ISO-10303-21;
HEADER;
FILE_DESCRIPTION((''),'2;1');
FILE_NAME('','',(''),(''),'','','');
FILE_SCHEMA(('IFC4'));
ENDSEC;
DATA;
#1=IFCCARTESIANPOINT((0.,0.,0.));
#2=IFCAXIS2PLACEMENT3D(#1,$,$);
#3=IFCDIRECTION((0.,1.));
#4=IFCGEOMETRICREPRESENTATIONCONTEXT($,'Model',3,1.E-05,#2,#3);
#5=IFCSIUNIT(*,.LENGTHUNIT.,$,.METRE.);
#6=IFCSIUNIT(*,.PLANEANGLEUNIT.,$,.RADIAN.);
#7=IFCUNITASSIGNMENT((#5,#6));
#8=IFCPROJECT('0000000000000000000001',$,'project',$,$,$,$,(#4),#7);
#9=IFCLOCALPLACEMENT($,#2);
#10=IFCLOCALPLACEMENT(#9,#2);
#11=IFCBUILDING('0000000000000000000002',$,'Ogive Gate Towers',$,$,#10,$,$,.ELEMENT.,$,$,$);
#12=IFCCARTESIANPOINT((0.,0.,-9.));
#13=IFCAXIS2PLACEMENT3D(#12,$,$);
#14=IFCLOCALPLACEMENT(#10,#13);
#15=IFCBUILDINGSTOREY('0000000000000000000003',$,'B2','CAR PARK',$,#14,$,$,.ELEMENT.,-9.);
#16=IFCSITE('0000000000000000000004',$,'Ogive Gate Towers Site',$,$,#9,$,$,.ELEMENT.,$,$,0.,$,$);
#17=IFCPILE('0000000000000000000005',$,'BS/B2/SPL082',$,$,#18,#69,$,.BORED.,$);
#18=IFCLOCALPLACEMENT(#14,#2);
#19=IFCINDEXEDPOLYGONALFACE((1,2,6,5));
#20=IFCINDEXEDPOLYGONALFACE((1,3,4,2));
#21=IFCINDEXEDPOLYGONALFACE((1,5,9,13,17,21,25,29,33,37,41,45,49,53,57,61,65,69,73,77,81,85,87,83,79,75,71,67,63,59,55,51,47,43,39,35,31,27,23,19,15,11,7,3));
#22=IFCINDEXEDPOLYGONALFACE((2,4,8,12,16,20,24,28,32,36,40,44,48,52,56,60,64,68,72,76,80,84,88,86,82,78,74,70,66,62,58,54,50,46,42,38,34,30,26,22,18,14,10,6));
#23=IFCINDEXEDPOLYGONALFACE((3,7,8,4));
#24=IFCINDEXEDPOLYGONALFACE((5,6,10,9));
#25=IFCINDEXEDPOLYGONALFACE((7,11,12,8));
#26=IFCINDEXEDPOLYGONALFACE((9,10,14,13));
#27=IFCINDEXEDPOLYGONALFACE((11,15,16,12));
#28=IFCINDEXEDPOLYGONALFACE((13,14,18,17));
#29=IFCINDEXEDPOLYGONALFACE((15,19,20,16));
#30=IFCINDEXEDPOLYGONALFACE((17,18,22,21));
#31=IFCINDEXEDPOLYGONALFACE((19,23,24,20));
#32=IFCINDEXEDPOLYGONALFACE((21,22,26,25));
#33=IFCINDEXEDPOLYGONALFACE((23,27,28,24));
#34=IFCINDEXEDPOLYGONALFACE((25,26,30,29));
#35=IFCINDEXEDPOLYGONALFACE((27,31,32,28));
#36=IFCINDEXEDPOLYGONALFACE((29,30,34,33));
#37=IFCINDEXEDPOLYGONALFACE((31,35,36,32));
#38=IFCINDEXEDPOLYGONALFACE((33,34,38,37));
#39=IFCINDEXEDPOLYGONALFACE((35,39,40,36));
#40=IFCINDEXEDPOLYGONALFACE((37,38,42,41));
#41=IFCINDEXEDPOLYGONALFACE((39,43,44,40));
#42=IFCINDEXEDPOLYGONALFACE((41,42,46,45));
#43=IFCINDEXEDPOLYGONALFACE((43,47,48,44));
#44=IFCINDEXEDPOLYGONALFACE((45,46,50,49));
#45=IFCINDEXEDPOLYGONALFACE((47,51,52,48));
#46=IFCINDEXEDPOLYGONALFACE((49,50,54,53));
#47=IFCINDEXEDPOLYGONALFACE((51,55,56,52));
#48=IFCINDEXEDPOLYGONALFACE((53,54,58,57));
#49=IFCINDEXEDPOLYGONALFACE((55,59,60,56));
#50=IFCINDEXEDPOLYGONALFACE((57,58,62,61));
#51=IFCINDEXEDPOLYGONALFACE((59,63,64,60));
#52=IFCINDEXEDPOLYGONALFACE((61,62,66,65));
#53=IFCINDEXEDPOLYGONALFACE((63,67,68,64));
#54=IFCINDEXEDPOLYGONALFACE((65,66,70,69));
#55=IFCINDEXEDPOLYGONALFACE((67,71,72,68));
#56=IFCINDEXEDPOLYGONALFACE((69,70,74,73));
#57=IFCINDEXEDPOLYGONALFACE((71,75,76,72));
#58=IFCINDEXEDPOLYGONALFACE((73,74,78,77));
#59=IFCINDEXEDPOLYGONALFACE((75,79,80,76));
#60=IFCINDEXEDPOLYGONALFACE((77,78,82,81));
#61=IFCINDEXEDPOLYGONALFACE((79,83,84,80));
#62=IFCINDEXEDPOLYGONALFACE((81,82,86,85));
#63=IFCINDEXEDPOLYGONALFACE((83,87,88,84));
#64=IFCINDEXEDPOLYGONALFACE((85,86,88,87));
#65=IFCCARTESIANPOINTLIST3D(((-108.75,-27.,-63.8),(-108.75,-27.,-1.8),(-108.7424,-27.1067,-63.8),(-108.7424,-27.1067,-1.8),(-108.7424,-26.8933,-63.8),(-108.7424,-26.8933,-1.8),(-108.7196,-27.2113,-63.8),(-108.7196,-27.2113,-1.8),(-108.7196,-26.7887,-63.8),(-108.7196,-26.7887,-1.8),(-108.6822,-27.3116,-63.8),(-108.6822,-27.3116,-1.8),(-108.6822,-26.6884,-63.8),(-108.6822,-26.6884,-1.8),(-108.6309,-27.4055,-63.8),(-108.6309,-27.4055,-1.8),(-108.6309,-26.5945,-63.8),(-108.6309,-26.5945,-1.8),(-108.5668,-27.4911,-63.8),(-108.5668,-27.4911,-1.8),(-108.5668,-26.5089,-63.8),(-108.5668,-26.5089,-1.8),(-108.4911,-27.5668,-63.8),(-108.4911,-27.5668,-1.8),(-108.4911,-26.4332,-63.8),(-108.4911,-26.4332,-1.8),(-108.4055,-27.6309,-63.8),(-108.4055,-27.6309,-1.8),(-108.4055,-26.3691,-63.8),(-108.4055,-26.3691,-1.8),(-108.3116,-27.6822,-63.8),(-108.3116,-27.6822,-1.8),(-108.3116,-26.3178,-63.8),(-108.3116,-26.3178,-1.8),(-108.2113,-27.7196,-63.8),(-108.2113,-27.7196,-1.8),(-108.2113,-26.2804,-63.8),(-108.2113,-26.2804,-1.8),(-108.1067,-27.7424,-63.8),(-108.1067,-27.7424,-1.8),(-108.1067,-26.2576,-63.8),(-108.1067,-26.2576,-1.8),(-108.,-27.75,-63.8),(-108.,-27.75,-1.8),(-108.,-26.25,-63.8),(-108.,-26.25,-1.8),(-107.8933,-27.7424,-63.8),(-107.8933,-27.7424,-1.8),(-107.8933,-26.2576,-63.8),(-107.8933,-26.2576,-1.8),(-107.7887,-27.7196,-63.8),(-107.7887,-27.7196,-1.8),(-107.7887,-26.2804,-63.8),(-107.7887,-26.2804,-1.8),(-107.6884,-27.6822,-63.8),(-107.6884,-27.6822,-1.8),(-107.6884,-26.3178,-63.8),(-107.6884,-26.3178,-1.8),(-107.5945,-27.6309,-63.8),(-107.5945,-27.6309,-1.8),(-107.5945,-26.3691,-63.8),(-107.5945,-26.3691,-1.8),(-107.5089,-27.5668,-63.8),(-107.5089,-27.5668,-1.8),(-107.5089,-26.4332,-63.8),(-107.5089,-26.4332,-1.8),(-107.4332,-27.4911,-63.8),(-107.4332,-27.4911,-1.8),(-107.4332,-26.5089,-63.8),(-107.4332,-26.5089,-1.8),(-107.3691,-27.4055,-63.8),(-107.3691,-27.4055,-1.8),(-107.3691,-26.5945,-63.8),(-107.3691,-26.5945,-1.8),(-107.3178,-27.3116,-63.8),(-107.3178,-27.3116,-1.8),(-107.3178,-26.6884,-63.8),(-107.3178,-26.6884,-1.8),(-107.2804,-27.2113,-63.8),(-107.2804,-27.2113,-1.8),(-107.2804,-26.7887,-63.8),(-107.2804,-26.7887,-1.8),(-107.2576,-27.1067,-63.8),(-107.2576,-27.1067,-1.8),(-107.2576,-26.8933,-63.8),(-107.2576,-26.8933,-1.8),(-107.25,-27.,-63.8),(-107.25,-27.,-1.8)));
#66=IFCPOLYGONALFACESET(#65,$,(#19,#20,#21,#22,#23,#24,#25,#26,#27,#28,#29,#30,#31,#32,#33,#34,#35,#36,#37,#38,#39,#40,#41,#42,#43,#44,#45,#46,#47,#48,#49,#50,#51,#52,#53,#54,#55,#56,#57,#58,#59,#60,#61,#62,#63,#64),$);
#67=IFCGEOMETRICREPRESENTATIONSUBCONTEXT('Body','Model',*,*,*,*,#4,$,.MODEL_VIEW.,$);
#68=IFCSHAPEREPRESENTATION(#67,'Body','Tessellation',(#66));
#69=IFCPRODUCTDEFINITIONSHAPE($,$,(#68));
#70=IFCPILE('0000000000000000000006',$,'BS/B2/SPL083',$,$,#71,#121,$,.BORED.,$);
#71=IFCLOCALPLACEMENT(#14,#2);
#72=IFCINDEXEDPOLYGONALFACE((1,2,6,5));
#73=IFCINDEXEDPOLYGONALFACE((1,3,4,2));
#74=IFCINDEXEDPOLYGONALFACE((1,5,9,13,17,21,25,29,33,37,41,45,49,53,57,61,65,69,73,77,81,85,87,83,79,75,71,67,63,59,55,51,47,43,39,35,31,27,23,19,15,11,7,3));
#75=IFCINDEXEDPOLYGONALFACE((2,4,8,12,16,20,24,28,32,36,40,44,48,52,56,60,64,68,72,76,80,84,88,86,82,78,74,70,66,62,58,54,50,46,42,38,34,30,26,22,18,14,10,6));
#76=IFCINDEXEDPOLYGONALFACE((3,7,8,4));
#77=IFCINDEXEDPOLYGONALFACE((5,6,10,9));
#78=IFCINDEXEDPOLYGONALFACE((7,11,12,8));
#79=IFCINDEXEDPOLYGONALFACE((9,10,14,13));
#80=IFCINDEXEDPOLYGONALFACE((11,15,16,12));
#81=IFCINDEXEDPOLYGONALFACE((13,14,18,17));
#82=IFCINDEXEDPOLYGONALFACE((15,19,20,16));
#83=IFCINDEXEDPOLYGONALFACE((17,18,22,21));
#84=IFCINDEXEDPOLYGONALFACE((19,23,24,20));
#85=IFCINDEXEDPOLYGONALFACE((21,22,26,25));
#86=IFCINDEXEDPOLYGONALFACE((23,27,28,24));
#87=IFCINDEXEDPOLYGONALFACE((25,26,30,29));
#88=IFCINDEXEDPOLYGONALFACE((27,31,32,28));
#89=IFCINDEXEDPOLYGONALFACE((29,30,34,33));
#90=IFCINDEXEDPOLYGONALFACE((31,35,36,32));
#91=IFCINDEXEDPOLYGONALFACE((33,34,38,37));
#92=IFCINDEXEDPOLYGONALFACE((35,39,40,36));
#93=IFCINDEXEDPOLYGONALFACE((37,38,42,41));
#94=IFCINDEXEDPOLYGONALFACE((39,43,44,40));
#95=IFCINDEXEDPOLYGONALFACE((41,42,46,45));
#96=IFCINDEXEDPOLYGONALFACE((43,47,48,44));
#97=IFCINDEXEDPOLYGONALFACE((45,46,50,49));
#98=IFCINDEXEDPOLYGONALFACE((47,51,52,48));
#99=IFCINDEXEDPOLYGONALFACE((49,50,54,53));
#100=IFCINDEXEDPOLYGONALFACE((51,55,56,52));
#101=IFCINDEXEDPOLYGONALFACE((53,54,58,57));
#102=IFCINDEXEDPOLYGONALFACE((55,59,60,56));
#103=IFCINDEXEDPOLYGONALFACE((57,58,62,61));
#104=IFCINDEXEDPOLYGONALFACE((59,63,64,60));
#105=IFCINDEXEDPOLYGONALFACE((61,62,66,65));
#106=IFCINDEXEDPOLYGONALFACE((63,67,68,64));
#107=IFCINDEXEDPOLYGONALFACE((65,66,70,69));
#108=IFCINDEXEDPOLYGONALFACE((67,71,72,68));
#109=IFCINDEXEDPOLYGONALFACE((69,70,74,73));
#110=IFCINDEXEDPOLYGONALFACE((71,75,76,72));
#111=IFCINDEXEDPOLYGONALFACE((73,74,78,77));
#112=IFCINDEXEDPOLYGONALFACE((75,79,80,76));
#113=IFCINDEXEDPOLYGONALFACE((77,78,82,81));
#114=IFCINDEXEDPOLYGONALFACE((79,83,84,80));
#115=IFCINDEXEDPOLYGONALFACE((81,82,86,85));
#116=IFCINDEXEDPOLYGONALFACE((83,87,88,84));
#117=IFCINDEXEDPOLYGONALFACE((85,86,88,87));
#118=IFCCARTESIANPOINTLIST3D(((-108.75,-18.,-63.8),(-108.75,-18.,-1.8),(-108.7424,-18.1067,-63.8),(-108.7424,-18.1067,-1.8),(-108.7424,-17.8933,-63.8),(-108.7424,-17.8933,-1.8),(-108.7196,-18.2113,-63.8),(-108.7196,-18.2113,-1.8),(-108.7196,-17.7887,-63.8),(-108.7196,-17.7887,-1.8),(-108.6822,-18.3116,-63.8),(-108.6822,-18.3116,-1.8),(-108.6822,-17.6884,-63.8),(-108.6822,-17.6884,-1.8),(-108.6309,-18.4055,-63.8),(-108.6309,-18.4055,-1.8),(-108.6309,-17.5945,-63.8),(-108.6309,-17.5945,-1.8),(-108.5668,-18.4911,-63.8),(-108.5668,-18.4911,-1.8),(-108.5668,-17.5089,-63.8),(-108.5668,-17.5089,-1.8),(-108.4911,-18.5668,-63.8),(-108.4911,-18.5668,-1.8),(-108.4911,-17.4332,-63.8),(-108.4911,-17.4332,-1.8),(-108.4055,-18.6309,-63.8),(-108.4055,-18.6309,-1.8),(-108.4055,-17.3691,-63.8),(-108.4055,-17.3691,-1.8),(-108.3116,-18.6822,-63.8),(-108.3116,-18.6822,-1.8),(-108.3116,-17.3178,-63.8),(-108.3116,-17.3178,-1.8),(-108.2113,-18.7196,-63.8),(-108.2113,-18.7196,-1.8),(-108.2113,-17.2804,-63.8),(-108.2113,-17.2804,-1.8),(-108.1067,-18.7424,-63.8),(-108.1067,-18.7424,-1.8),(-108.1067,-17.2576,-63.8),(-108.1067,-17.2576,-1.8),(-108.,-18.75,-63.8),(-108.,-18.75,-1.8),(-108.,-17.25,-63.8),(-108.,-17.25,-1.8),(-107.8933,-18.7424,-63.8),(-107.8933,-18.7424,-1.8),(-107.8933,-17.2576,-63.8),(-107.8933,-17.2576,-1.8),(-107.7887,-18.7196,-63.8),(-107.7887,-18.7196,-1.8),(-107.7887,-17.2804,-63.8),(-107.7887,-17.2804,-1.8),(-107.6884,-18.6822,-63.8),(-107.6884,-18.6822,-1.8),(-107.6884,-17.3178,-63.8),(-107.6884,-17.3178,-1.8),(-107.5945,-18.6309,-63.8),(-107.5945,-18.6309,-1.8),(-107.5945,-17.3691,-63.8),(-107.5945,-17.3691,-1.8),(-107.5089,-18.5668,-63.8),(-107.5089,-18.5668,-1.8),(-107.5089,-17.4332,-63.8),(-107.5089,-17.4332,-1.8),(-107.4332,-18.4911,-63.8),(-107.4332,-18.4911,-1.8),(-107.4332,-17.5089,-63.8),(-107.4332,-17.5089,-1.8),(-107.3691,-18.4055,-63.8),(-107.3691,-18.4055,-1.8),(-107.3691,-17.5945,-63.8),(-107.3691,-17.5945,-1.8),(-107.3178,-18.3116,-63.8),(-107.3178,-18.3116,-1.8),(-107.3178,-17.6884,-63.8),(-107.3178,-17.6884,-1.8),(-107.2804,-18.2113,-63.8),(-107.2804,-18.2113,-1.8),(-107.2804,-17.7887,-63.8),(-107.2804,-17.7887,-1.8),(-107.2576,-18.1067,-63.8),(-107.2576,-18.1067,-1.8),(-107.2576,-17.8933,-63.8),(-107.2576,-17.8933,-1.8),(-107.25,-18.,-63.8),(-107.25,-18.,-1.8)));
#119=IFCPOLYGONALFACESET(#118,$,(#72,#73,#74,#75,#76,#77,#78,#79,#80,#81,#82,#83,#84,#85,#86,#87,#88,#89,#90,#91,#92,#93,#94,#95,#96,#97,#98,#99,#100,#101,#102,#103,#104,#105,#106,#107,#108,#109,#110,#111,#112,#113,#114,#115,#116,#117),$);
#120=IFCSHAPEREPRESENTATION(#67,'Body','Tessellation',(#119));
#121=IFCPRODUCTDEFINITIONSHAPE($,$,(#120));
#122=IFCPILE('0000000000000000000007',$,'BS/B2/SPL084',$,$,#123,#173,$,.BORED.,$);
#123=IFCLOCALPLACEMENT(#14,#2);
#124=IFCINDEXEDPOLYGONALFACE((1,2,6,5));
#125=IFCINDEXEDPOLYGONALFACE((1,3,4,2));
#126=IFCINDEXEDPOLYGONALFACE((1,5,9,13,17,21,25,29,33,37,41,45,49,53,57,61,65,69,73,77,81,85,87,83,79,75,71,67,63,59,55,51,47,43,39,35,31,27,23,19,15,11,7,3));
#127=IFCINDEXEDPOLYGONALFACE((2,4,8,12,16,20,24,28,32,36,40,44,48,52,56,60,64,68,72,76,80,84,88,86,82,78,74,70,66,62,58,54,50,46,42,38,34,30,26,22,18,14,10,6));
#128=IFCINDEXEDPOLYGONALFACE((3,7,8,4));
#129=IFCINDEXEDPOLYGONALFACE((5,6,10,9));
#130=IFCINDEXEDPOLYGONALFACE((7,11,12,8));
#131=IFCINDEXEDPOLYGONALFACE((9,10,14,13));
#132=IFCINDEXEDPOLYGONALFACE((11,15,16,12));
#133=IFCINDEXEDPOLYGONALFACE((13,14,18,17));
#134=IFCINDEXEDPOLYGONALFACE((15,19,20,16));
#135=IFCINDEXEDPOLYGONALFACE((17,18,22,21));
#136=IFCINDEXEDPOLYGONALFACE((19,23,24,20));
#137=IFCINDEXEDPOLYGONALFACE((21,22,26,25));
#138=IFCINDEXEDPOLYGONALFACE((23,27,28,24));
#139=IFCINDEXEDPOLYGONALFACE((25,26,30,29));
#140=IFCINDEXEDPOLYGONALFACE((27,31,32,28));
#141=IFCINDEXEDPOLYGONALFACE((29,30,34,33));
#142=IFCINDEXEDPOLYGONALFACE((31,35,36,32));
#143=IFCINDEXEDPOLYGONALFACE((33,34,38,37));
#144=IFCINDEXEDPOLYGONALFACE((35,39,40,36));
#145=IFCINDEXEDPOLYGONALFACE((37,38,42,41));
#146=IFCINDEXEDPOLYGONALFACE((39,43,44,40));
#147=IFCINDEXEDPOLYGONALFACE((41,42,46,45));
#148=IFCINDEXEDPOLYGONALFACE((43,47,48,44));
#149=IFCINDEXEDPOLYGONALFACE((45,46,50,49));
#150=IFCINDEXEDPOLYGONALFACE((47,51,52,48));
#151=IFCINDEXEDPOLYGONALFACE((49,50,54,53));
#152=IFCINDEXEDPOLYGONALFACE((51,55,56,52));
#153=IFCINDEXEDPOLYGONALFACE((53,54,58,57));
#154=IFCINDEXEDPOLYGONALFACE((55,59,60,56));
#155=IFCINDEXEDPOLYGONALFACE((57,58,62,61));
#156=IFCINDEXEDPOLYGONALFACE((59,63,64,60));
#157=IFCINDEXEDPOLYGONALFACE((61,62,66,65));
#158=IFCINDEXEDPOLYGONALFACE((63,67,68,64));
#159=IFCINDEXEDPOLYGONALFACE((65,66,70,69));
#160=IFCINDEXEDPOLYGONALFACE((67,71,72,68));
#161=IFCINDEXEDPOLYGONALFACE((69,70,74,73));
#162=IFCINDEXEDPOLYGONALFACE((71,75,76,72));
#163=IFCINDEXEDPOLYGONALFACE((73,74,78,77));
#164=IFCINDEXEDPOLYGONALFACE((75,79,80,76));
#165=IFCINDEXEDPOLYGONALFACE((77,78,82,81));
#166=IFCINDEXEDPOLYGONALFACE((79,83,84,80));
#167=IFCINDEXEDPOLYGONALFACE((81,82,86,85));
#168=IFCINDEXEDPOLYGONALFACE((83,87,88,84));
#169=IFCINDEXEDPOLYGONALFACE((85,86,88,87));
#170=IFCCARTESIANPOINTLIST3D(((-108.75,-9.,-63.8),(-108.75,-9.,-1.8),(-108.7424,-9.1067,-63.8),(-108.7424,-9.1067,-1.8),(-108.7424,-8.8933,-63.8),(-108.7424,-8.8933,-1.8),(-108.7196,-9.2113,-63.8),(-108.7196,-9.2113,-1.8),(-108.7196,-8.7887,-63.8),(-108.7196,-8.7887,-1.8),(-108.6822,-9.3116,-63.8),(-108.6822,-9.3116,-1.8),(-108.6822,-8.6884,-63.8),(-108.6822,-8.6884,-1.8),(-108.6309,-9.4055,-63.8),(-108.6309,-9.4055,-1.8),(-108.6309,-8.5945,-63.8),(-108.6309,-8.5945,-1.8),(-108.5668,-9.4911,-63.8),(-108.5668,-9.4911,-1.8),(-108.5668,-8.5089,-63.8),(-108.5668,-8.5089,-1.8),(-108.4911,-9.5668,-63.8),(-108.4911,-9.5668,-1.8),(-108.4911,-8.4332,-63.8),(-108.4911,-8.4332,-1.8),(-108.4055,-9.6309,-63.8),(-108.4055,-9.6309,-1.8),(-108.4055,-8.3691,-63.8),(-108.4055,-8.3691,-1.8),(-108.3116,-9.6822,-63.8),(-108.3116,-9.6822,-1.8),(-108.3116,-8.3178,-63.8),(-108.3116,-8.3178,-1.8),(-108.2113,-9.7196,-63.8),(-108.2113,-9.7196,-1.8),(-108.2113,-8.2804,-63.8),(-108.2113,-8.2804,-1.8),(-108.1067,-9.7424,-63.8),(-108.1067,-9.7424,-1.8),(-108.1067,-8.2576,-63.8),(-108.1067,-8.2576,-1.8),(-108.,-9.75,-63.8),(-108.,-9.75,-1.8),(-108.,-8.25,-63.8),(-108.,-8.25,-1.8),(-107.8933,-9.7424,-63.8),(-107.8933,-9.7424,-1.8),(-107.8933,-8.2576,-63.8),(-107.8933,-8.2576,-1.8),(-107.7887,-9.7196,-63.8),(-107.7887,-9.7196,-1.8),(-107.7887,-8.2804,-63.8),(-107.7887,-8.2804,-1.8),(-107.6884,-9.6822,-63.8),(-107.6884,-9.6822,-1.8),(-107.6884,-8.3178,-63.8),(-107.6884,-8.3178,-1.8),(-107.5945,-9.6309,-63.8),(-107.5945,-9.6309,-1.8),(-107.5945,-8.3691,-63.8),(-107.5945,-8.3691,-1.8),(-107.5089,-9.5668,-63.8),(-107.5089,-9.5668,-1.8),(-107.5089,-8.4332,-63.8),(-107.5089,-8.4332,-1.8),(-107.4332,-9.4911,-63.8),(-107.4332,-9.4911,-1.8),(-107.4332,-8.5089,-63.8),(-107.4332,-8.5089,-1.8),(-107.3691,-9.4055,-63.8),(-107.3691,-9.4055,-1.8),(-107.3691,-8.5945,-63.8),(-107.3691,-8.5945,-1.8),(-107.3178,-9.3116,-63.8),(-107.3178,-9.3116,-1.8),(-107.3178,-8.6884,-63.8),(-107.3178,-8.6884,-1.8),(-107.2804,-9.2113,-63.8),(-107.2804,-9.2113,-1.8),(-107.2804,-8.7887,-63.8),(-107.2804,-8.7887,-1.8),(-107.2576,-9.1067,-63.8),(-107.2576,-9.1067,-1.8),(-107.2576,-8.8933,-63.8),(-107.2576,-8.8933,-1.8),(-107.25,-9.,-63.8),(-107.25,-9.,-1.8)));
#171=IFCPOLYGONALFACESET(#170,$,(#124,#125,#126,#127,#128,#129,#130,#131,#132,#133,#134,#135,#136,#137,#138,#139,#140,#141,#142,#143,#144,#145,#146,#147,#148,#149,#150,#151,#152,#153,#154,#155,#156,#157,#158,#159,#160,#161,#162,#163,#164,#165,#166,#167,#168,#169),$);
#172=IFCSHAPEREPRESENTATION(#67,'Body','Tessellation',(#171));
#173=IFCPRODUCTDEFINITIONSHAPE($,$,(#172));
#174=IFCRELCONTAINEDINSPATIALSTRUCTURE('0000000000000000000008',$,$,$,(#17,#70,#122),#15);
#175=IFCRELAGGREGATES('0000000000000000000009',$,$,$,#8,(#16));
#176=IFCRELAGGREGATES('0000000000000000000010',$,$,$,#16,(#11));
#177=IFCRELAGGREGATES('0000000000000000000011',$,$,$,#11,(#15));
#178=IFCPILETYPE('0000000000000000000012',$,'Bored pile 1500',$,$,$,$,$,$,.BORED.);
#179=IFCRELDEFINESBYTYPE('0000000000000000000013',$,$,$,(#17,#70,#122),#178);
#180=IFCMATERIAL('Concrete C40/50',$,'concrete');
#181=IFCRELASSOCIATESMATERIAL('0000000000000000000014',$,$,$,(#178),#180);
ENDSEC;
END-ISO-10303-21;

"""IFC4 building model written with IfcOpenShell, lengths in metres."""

from ifc_helpers import new_model, si_unit, direction, frame, origin, origin_2d, place, context, subcontext, project, spatial, circle, extrude, material, material_profile, profile_set, type_object, element, save


model = new_model("IFC4")

# Units and contexts
model_context = context("Model", 3, precision=1e-05, world=origin(), true_north=direction((0.0, 1.0)))
body_context = subcontext(model_context, "Body", "Model", "MODEL_VIEW")
ifc_project = project(units=[si_unit("LENGTHUNIT", "METRE"), si_unit("PLANEANGLEUNIT", "RADIAN")], contexts=[model_context])

# Site, building, storey
site_placement = place(None, origin())
site = spatial("IfcSite", under=ifc_project, at=site_placement, Name="Ogive Gate Towers Site", CompositionType="ELEMENT", RefElevation=0.0)
building_placement = place(site_placement, origin())
building = spatial("IfcBuilding", under=site, at=building_placement, Name="Ogive Gate Towers", CompositionType="ELEMENT")
storey_placement = place(building_placement, frame((0.0, 0.0, -9.0)))
storey = spatial("IfcBuildingStorey", under=building, at=storey_placement, Name="B2", Description="CAR PARK", CompositionType="ELEMENT", Elevation=-9.0)

# Piles
ifc_material_1 = material(Name="Concrete C40/50", Category="concrete")
ifc_material_profile_1 = material_profile(ifc_material_1, circle(Radius=0.75, at=origin_2d()), Name="BP 1500")
ifc_profile_set_1 = profile_set([ifc_material_profile_1], Name="Concrete C40/50")
pile_type = type_object("IfcPileType", Name="Bored pile 1500", PredefinedType="BORED", material=ifc_profile_set_1)
for number, where, z_axis, x_axis, name in (
    (1, (-108.0, -27.0, -1.8), (0.0, 0.0, -1.0), (1.0, 0.0, 0.0), "BS/B2/SPL082"),
    (2, (-108.0, -18.0, -1.8), (0.0, 0.0, -1.0), (1.0, 0.0, 0.0), "BS/B2/SPL083"),
    (3, (-108.0, -9.0, -1.8), (0.0, 0.0, -1.0), (1.0, 0.0, 0.0), "BS/B2/SPL084"),
):
    element("IfcPile", number, at=place(storey_placement, frame(where, z_axis=z_axis, x_axis=x_axis)), inside=storey, type_object=pile_type, Name=name, PredefinedType="BORED", context=body_context, shape_type="SweptSolid", body=[
        extrude(circle(Radius=0.75, at=origin_2d()), origin(), (0.0, 0.0, 1.0), 62.0),
    ])

save(model, "model.ifc")
